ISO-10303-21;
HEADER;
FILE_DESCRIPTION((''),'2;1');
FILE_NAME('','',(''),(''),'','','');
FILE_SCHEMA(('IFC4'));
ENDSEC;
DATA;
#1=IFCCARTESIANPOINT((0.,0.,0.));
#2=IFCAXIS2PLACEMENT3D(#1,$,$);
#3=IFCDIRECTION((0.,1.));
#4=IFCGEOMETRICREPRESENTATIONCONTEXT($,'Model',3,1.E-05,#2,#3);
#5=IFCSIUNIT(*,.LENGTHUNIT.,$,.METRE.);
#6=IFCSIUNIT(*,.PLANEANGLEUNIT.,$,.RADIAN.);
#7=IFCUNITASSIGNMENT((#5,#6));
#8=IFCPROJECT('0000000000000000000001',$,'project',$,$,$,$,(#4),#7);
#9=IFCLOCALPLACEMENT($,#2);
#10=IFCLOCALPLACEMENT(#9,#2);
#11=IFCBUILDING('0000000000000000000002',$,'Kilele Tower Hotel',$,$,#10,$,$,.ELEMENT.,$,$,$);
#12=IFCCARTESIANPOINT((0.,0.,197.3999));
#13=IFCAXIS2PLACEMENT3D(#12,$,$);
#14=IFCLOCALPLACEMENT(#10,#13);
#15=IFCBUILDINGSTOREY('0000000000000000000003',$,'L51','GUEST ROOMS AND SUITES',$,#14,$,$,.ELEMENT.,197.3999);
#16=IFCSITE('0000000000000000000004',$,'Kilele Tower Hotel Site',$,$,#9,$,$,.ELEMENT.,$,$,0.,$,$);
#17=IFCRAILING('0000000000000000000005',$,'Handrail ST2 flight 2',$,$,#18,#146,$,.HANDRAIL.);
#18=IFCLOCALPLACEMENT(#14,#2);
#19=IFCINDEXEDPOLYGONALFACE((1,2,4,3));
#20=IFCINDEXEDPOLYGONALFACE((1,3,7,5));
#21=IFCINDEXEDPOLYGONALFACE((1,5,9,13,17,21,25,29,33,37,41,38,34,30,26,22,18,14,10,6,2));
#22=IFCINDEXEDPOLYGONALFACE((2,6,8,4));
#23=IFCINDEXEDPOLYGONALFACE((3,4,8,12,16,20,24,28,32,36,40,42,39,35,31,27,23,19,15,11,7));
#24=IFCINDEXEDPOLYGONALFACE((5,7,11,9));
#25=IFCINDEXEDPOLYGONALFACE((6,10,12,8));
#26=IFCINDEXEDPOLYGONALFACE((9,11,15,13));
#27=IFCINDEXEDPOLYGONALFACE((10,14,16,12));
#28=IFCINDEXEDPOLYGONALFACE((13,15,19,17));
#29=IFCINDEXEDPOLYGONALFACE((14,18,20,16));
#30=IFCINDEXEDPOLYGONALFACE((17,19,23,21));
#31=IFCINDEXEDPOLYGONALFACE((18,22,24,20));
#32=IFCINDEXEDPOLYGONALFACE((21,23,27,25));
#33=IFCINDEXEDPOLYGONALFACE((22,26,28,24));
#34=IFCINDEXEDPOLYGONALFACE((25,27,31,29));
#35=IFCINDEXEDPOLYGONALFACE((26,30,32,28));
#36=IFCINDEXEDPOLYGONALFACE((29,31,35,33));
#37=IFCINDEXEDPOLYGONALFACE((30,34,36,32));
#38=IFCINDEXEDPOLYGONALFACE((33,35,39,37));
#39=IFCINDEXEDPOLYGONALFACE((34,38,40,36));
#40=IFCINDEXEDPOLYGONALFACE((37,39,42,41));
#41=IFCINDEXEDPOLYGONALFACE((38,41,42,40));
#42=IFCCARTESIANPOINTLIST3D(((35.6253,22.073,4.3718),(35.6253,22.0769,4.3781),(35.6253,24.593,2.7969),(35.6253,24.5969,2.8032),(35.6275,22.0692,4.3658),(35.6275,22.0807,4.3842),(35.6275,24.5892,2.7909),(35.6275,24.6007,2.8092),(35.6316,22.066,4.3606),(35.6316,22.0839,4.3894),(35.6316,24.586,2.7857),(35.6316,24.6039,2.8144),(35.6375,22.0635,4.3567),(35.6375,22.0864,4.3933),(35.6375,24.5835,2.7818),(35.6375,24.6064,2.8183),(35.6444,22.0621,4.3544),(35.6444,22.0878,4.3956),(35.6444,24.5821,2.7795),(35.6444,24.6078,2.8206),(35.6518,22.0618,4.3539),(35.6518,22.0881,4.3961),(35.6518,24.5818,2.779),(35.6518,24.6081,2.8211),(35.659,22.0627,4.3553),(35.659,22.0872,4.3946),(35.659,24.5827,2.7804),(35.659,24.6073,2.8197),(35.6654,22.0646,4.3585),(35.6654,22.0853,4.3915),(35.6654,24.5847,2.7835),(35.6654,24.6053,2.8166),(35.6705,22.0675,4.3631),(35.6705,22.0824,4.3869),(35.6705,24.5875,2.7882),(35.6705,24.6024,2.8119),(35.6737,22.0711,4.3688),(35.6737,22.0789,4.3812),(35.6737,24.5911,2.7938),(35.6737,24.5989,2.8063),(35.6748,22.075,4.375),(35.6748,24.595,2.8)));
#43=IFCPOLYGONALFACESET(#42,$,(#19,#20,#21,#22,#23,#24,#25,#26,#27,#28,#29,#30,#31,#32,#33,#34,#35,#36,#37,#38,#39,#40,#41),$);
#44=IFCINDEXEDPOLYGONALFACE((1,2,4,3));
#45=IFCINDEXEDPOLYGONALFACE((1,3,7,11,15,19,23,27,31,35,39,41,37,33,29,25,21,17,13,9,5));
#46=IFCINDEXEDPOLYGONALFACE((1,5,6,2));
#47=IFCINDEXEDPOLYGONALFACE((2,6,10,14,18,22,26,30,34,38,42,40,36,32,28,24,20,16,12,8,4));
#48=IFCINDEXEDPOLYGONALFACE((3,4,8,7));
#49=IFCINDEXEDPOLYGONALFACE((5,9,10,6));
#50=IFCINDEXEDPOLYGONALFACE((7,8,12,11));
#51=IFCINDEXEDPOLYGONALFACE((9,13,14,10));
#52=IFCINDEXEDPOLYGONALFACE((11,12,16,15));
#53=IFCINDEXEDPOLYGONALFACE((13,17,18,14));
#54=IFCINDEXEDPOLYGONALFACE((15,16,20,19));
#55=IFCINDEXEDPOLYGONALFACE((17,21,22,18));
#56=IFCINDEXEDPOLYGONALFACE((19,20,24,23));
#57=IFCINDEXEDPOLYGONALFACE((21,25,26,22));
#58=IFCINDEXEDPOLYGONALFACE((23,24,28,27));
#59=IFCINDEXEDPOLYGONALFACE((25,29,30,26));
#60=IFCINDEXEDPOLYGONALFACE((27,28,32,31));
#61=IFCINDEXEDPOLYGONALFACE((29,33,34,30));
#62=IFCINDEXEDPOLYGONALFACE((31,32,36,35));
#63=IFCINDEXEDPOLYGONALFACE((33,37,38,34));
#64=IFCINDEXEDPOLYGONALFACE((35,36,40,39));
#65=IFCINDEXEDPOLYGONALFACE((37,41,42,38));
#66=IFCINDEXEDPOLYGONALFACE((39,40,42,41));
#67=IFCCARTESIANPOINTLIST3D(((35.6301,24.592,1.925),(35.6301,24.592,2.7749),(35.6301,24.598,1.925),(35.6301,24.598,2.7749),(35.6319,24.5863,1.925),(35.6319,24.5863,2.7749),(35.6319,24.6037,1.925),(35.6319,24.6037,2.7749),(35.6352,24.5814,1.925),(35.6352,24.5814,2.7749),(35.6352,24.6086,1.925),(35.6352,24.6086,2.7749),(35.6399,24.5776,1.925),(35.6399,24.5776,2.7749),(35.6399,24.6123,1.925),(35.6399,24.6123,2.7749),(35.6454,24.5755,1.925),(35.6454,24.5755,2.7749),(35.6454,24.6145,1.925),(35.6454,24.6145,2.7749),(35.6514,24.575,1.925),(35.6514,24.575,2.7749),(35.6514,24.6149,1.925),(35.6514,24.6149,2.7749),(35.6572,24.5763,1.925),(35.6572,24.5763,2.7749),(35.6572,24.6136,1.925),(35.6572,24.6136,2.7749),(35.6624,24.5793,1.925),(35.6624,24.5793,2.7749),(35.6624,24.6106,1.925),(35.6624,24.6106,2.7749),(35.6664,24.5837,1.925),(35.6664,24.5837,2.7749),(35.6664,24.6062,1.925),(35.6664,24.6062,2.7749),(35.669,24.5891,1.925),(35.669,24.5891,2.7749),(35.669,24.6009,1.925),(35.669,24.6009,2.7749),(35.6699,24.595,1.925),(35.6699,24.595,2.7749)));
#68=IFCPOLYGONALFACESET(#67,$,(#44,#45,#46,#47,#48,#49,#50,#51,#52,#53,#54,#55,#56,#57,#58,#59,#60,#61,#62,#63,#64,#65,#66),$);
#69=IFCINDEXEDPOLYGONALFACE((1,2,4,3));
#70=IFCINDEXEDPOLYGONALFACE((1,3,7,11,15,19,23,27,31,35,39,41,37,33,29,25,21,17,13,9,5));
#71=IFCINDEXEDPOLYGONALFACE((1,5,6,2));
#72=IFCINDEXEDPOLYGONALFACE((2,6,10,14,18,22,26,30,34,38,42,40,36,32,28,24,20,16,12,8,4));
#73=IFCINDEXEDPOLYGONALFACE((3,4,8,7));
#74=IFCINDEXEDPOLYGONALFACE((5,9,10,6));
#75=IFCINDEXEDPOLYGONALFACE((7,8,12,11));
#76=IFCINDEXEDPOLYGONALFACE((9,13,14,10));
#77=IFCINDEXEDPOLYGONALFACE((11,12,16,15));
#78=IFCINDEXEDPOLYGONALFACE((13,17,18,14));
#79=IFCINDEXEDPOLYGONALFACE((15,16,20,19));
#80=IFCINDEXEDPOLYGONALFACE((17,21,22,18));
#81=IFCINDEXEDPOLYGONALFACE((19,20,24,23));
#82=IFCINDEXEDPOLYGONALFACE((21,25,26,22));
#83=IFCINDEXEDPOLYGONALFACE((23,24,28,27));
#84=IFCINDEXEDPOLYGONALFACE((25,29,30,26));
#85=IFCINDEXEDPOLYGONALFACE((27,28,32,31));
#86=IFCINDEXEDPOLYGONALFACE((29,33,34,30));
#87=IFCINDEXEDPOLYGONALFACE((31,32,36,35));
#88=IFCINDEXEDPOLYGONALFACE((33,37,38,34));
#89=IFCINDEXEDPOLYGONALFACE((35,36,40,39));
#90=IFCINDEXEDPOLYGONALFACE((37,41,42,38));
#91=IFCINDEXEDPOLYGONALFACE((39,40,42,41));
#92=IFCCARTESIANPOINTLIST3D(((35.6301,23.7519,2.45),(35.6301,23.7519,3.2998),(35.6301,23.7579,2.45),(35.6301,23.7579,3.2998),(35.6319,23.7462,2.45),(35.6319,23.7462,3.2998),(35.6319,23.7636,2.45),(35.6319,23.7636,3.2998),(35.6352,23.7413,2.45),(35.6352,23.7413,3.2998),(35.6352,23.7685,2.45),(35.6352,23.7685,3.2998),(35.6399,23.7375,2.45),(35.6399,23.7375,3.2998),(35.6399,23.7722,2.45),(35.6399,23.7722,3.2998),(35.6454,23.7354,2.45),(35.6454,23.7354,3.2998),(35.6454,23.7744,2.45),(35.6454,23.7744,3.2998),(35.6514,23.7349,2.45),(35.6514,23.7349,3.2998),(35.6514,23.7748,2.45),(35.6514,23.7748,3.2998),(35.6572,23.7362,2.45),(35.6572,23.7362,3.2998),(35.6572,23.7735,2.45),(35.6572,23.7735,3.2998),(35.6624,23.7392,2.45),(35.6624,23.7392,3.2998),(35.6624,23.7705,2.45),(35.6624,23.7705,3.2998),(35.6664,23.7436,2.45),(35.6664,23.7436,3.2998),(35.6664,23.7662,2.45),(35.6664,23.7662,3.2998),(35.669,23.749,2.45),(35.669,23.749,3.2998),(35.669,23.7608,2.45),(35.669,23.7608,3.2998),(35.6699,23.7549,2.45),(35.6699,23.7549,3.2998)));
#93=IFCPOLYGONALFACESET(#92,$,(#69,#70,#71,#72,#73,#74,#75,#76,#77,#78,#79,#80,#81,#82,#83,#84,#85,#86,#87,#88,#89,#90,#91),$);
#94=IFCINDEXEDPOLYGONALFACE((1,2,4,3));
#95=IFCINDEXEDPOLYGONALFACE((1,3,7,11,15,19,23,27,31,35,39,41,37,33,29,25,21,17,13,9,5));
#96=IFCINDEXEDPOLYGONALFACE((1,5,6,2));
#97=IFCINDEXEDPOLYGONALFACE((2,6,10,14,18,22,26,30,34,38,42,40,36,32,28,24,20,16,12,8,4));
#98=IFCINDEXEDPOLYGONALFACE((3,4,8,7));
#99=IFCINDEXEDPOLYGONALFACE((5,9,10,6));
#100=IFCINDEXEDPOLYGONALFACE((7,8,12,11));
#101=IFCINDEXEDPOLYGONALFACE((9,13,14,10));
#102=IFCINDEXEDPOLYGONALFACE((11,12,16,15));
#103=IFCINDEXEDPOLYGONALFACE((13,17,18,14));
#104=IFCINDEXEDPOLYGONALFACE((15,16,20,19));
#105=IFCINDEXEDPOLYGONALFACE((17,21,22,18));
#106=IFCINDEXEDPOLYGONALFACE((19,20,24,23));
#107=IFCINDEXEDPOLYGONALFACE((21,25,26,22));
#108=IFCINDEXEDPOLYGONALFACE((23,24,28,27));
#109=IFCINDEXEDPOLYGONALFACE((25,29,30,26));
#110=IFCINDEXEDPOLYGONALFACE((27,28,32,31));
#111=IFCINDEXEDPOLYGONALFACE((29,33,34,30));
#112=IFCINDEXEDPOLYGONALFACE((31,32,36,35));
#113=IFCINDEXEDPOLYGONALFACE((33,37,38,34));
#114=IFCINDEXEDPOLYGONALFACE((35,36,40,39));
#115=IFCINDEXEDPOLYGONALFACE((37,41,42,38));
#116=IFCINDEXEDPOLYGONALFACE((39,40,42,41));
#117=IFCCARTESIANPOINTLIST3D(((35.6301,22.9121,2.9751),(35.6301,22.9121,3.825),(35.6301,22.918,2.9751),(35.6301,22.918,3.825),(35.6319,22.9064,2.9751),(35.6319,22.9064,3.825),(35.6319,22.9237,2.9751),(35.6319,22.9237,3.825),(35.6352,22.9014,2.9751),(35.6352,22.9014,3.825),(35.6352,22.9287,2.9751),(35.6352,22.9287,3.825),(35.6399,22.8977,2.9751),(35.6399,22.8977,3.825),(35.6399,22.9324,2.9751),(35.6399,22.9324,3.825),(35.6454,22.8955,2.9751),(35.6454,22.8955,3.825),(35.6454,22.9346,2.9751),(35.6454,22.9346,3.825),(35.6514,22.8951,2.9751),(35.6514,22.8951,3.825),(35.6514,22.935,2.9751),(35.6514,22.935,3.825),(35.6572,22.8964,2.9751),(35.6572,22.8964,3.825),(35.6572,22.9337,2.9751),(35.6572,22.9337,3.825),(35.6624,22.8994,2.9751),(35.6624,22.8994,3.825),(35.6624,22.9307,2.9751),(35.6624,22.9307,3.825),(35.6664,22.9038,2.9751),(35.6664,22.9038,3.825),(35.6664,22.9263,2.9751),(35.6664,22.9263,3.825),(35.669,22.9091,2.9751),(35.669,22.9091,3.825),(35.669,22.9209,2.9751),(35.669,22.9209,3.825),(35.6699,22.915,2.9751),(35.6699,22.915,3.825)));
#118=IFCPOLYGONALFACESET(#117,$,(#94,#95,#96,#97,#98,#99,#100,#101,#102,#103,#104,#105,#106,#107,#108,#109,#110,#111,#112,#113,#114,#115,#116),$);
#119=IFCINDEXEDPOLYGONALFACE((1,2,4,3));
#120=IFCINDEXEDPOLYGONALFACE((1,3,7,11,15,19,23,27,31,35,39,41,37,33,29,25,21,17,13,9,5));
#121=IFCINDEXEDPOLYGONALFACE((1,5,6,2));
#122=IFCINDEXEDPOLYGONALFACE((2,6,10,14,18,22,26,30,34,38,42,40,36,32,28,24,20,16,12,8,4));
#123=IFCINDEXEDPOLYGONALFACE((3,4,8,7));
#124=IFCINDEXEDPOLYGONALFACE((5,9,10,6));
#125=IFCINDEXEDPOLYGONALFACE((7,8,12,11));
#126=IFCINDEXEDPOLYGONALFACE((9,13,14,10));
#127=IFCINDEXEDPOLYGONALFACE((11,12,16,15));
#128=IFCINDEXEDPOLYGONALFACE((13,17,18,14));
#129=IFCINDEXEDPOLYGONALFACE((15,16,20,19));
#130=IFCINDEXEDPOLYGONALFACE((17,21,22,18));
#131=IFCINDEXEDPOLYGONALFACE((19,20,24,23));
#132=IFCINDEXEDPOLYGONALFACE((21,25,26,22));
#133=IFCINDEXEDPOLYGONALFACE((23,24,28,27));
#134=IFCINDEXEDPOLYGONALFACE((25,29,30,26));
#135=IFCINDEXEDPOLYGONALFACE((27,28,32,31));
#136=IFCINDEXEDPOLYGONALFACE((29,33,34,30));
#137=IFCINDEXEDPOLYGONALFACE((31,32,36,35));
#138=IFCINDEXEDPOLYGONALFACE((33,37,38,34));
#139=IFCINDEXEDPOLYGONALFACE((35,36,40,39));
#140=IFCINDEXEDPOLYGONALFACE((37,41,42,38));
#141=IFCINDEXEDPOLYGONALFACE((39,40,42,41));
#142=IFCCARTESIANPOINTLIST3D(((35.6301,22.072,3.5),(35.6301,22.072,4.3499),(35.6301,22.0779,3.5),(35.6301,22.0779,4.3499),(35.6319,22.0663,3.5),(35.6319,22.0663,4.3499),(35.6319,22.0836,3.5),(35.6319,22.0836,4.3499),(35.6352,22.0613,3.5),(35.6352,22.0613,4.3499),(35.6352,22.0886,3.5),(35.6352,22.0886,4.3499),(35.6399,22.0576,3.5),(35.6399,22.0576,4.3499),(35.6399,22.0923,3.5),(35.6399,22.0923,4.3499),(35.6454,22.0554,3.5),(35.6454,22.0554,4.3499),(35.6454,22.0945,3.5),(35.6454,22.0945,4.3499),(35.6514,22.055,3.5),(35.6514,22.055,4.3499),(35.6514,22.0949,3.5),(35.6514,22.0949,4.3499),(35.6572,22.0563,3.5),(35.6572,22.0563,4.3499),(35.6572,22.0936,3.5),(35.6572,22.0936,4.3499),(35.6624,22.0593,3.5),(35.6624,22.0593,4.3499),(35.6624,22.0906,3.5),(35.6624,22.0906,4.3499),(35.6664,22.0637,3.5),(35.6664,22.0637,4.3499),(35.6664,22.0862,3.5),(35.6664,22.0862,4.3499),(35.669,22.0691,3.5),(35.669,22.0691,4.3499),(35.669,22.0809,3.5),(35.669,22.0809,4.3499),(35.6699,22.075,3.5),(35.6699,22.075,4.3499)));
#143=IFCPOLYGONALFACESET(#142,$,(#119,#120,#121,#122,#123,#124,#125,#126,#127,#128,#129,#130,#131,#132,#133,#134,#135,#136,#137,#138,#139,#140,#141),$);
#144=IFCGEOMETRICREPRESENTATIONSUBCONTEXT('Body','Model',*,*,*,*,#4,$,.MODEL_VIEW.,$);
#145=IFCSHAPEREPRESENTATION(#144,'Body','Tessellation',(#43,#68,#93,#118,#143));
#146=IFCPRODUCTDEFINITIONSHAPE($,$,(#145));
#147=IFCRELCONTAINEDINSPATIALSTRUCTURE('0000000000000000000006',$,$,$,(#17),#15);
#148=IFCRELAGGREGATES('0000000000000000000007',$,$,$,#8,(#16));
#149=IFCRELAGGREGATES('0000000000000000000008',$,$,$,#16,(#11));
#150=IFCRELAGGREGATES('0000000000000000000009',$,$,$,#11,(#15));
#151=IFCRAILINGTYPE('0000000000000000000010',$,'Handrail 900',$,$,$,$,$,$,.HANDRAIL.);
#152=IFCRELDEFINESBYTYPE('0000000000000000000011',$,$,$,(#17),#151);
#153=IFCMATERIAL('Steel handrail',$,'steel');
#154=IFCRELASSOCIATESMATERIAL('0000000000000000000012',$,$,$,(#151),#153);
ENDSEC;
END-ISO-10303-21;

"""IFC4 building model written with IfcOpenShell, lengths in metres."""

from ifc_helpers import new_model, si_unit, direction, frame, origin, origin_2d, place, context, subcontext, project, spatial, circle, extrude, material, type_object, element, save


model = new_model("IFC4")

# Units and contexts
model_context = context("Model", 3, precision=1e-05, world=origin(), true_north=direction((0.0, 1.0)))
body_context = subcontext(model_context, "Body", "Model", "MODEL_VIEW")
ifc_project = project(units=[si_unit("LENGTHUNIT", "METRE"), si_unit("PLANEANGLEUNIT", "RADIAN")], contexts=[model_context])

# Site, building, storey
site_placement = place(None, origin())
site = spatial("IfcSite", under=ifc_project, at=site_placement, Name="Kilele Tower Hotel Site", CompositionType="ELEMENT", RefElevation=0.0)
building_placement = place(site_placement, origin())
building = spatial("IfcBuilding", under=site, at=building_placement, Name="Kilele Tower Hotel", CompositionType="ELEMENT")
storey_placement = place(building_placement, frame((0.0, 0.0, 197.3999)))
storey = spatial("IfcBuildingStorey", under=building, at=storey_placement, Name="L51", Description="GUEST ROOMS AND SUITES", CompositionType="ELEMENT", Elevation=197.3999)

# Railing
ifc_material_1 = material(Name="Steel handrail", Category="steel")
railing_type_1 = type_object("IfcRailingType", Name="Handrail 900", PredefinedType="HANDRAIL", material=ifc_material_1)
for number, where, name in (
    (1, (35.6499, 24.595, 1.925), "Handrail ST2 flight 2"),
):
    element("IfcRailing", number, at=place(storey_placement, frame(where)), inside=storey, type_object=railing_type_1, Name=name, PredefinedType="HANDRAIL", context=body_context, shape_type="SweptSolid", body=[
        extrude(circle(Radius=0.0249, at=origin_2d()), frame((0.0, 0.0, 0.875), z_axis=(0.0, -0.848008, 0.529984), x_axis=(1.0, 0.0, 0.0)), (0.0, 0.0, 1.0), 2.9717),
        extrude(circle(Radius=0.02, at=origin_2d()), origin(), (0.0, 0.0, 1.0), 0.8499),
        extrude(circle(Radius=0.02, at=origin_2d()), frame((0.0, -0.8401, 0.5249)), (0.0, 0.0, 1.0), 0.8499),
        extrude(circle(Radius=0.02, at=origin_2d()), frame((0.0, -1.6799, 1.05)), (0.0, 0.0, 1.0), 0.8499),
        extrude(circle(Radius=0.02, at=origin_2d()), frame((0.0, -2.52, 1.575)), (0.0, 0.0, 1.0), 0.8499),
    ])

save(model, "model.ifc")
